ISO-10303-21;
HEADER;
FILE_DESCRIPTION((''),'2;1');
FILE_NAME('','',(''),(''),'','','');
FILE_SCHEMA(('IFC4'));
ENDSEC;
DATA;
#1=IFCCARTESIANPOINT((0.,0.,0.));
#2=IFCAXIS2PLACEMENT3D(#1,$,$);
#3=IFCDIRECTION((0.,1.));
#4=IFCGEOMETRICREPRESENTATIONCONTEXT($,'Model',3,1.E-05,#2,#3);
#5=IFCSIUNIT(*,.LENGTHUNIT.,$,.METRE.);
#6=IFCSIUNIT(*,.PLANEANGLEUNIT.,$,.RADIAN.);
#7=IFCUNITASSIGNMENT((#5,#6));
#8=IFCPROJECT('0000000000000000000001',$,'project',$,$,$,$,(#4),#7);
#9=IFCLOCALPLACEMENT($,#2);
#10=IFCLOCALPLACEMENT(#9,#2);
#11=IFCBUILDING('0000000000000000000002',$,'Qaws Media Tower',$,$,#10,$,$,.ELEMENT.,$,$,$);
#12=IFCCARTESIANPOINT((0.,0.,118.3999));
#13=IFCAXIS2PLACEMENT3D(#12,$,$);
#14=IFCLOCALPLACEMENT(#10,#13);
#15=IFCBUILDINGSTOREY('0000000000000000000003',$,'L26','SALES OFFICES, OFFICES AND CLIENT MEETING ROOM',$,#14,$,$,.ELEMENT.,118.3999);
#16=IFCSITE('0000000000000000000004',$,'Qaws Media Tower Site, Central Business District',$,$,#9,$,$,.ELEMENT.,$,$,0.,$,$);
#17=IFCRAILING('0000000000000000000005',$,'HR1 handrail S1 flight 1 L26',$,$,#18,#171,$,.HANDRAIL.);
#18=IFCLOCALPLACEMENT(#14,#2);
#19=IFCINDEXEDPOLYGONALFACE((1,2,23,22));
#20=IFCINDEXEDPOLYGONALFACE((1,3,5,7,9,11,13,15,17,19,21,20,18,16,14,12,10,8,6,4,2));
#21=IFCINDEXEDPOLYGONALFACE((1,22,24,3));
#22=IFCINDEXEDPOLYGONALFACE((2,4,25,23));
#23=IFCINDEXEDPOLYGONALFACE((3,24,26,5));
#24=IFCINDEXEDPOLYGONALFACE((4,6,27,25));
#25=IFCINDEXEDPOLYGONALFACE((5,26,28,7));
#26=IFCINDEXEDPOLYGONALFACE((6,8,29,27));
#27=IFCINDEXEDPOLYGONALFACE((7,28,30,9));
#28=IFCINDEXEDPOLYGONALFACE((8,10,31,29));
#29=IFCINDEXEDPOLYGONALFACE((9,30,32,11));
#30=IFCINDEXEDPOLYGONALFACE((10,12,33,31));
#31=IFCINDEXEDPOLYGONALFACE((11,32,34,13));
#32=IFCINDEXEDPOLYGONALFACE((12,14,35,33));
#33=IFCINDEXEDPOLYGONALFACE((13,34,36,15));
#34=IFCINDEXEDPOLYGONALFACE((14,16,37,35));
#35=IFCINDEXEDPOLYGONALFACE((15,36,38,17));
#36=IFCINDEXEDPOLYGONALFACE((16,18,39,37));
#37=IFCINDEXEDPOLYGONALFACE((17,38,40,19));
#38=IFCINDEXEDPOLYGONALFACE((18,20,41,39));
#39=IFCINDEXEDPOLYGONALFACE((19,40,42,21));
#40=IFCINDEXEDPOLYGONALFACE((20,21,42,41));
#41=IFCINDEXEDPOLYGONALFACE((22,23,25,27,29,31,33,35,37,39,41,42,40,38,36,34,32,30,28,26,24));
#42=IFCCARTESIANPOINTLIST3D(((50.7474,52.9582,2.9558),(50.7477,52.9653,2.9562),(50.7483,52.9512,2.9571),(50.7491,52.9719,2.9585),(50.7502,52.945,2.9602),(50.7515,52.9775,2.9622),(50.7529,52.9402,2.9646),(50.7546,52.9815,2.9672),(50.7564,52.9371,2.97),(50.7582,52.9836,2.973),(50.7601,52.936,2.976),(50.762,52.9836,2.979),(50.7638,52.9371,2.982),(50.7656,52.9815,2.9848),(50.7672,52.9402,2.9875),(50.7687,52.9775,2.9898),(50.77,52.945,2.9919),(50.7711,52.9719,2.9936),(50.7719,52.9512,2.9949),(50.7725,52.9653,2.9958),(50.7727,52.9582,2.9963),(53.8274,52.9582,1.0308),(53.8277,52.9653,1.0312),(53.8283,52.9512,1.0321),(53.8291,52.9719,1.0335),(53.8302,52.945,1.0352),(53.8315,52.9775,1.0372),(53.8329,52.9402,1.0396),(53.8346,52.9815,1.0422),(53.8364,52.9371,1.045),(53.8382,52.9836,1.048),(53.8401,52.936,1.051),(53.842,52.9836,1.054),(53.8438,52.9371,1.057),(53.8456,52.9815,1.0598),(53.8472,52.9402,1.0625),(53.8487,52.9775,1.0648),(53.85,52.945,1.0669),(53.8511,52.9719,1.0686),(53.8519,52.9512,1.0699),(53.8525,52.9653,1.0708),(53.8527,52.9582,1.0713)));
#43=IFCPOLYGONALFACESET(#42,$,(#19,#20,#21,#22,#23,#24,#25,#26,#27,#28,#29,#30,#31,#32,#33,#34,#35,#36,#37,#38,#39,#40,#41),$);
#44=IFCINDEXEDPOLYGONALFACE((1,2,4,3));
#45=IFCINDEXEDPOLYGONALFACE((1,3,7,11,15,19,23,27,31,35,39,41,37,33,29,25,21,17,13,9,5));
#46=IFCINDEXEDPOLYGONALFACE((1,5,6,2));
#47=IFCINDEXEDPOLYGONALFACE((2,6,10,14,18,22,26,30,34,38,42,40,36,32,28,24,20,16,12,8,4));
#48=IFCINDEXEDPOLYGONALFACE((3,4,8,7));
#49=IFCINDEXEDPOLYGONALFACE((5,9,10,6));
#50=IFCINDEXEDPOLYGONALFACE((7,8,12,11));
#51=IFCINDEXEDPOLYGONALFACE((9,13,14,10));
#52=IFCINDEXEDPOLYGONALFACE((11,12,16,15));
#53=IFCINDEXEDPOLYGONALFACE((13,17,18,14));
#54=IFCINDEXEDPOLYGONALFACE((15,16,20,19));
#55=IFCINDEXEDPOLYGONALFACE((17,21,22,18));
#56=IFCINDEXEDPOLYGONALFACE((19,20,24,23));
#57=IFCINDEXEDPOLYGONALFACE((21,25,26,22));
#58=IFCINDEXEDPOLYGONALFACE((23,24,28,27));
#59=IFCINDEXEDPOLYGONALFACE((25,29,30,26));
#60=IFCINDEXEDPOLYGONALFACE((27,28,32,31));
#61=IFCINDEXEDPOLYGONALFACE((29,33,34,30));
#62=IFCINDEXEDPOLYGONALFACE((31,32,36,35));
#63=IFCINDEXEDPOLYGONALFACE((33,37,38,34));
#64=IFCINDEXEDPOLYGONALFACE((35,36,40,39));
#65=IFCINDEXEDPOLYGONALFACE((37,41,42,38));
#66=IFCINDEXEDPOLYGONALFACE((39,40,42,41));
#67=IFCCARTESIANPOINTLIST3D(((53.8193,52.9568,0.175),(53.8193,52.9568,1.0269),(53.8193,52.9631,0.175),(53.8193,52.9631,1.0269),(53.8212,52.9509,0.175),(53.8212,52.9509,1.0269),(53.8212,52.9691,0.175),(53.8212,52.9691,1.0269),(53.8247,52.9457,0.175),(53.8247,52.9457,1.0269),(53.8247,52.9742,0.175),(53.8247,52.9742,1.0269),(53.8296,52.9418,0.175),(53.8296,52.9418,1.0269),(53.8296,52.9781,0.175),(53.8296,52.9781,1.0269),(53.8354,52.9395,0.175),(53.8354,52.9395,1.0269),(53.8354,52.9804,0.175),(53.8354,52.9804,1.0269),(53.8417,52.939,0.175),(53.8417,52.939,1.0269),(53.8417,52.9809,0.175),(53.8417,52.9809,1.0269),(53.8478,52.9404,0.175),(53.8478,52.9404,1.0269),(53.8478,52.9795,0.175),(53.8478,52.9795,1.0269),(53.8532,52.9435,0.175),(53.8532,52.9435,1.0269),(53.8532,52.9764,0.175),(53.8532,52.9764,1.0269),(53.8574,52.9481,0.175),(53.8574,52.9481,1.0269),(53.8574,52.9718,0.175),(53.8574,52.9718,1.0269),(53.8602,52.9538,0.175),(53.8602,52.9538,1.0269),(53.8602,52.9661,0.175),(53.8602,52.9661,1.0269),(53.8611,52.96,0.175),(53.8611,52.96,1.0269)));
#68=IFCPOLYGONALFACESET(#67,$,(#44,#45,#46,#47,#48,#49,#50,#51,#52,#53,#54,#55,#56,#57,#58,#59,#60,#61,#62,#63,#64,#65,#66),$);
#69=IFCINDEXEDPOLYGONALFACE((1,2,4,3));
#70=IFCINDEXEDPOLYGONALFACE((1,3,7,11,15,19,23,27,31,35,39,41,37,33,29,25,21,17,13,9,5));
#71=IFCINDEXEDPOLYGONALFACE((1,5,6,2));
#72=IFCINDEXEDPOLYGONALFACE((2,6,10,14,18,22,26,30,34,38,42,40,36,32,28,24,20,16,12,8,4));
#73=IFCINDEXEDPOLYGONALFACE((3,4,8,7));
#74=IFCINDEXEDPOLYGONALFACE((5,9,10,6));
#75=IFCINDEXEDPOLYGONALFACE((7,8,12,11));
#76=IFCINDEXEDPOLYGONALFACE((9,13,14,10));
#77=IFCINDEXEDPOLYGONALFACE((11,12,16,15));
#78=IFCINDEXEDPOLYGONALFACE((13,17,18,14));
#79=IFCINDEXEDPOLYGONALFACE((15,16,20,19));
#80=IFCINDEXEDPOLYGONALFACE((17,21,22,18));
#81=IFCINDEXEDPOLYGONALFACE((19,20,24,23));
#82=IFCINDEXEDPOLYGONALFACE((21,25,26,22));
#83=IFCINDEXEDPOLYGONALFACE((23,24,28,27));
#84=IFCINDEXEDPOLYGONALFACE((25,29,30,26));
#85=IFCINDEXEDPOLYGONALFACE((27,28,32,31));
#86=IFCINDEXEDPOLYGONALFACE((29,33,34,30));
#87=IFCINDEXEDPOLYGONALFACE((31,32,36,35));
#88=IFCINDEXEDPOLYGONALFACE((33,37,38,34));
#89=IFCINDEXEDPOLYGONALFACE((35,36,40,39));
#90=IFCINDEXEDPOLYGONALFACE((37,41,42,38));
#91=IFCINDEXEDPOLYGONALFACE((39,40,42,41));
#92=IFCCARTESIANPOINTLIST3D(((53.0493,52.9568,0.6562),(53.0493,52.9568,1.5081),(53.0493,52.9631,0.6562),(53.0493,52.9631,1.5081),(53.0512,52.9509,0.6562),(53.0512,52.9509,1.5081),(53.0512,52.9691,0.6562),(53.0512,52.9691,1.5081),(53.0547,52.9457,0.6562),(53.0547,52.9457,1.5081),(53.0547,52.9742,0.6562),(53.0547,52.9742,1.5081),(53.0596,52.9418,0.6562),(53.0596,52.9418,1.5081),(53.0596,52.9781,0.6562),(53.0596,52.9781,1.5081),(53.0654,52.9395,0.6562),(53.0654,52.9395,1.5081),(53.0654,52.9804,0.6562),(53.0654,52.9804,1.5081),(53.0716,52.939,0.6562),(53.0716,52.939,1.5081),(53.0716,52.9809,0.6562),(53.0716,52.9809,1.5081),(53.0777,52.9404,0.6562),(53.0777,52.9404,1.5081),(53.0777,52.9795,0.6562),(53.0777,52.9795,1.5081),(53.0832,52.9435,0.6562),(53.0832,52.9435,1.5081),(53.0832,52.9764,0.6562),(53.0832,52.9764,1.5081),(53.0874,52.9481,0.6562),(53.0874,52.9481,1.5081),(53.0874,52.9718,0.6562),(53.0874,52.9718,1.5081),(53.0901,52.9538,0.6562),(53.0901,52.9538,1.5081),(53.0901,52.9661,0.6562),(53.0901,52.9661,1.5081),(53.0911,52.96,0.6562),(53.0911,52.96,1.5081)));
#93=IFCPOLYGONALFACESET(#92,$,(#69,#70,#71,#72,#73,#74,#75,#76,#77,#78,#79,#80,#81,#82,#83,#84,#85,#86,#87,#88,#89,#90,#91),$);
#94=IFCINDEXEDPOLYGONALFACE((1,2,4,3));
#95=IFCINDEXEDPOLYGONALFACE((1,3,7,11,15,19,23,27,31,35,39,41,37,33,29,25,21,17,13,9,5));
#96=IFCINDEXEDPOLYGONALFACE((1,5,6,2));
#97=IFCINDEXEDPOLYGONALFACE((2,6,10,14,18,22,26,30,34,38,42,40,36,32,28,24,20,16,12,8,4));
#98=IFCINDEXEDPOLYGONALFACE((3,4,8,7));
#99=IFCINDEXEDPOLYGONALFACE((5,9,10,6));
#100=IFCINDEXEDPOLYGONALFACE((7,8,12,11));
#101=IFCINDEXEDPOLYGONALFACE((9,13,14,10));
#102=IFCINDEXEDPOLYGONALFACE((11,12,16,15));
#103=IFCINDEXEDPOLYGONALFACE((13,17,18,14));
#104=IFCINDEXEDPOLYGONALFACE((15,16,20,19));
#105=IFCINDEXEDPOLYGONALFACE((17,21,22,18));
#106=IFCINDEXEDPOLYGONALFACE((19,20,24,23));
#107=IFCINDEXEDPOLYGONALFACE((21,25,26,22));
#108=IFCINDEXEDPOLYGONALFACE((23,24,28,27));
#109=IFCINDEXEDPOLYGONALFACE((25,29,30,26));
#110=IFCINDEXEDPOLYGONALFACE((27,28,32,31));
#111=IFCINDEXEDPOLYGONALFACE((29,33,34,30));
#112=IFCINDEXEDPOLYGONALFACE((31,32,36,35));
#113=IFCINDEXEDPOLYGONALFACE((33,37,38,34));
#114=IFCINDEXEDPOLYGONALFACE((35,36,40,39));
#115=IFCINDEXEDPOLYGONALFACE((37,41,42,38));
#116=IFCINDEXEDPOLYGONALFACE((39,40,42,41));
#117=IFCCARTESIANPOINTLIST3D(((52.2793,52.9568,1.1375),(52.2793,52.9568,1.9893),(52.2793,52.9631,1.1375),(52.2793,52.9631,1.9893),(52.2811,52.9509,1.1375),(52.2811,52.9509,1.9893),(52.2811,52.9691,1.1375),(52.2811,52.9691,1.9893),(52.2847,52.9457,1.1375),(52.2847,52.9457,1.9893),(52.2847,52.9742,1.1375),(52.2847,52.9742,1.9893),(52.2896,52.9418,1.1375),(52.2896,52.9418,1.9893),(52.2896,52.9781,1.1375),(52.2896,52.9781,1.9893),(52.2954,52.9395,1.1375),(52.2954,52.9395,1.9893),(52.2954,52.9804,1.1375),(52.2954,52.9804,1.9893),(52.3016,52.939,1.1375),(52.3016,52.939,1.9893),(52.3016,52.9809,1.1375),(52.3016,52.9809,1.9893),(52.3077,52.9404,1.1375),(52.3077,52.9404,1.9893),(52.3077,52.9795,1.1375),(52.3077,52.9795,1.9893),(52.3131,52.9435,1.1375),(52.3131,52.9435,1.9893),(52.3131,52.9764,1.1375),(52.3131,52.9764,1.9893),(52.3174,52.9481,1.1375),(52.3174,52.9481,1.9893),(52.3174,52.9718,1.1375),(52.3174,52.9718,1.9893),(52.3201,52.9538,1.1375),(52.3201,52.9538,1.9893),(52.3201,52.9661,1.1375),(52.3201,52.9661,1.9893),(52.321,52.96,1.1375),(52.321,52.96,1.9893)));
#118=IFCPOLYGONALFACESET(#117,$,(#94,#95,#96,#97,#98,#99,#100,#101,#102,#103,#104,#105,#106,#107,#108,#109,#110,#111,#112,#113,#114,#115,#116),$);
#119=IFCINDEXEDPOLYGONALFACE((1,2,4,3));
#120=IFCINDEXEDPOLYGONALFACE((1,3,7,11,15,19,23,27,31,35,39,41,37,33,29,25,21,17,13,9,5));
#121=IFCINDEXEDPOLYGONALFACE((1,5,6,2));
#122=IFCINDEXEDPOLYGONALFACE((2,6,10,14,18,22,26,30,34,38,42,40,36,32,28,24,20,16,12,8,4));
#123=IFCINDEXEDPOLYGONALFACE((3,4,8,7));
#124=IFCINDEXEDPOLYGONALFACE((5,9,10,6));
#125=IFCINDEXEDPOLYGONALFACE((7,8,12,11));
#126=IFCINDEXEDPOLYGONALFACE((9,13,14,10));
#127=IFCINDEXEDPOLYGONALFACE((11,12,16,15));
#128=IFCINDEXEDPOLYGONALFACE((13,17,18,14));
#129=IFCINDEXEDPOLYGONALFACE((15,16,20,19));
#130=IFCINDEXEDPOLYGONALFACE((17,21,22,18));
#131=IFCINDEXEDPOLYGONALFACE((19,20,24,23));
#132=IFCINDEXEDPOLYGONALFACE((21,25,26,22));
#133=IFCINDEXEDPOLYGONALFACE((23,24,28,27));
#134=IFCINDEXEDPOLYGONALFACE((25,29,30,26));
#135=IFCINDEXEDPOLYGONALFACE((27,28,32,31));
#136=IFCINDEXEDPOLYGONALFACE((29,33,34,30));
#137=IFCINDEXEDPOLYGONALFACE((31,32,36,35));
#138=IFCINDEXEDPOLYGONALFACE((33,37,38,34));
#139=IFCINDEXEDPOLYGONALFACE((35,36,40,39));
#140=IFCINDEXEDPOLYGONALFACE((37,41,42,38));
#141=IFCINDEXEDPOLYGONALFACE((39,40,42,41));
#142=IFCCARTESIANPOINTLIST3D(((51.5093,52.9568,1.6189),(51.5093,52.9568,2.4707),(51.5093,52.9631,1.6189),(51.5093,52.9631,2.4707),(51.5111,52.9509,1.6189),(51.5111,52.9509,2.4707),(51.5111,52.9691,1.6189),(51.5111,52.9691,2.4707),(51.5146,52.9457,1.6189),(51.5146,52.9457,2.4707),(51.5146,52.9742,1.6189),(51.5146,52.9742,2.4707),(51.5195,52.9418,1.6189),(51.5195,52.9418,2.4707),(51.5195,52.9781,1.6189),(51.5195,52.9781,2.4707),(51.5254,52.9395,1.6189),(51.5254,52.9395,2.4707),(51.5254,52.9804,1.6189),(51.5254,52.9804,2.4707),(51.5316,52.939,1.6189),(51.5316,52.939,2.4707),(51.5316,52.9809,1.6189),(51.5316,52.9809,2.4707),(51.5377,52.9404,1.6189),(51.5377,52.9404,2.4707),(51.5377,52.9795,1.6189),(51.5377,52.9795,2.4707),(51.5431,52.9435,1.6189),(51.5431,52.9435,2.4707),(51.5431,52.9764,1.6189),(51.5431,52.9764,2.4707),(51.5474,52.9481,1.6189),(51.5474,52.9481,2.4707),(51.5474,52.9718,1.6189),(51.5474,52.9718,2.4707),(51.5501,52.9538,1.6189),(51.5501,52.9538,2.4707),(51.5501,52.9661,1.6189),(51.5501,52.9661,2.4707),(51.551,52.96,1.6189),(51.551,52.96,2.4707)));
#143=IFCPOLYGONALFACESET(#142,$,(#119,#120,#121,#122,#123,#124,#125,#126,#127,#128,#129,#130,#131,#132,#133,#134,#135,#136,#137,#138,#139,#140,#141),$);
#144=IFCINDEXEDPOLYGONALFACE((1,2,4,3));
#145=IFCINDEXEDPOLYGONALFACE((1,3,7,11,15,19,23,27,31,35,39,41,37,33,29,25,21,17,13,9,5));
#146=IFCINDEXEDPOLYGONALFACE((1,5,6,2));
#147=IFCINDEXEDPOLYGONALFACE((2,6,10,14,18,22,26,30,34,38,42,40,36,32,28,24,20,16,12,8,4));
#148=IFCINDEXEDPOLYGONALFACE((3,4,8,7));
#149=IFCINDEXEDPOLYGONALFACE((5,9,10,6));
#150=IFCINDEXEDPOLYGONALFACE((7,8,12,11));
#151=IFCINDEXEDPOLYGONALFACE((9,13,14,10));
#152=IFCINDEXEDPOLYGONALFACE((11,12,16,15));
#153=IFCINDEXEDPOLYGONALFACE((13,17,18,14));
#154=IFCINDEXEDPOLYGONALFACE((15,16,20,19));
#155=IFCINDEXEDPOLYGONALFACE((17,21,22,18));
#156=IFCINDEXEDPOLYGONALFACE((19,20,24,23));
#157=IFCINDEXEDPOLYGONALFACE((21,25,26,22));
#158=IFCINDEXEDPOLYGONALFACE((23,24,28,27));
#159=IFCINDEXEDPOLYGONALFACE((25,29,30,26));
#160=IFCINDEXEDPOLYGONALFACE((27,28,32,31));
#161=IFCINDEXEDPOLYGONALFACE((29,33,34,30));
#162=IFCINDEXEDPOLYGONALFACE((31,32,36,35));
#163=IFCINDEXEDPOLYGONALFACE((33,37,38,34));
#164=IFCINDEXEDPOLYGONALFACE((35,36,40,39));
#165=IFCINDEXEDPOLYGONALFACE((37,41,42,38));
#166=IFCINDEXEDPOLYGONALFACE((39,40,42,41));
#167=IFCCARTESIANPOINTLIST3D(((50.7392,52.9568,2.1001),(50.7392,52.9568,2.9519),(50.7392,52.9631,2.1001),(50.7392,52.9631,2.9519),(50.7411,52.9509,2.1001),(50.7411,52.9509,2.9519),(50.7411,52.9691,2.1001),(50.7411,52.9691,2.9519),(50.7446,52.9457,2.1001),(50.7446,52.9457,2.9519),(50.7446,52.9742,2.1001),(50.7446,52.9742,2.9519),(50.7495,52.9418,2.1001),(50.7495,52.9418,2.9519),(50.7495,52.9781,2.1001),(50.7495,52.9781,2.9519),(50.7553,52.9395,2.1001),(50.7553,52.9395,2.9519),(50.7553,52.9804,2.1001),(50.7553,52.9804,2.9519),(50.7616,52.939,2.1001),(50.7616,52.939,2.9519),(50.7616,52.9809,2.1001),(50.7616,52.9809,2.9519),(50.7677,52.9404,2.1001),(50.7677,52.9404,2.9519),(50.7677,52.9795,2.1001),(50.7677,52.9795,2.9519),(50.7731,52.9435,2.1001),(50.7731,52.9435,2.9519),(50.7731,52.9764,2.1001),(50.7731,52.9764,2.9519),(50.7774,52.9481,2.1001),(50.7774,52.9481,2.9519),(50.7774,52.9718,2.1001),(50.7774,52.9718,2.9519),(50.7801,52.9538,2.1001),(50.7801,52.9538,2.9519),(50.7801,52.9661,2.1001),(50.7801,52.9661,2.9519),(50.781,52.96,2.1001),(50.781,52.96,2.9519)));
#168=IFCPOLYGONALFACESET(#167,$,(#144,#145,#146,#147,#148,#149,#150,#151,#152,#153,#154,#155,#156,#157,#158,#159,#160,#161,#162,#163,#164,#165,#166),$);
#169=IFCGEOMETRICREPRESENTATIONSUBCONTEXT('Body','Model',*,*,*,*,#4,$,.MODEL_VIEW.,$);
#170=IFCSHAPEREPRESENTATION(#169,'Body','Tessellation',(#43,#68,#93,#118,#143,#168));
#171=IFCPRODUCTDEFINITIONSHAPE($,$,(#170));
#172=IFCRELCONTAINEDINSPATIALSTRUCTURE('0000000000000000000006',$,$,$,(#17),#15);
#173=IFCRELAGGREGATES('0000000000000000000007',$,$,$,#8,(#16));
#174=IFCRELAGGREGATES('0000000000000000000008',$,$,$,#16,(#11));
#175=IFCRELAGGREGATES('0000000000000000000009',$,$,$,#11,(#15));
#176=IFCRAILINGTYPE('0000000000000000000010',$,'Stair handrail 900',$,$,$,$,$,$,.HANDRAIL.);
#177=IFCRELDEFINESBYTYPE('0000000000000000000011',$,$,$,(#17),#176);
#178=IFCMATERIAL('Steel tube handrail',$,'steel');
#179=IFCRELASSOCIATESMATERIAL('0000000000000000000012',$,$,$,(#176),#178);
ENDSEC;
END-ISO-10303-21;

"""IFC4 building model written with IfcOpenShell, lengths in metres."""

from ifc_helpers import new_model, si_unit, direction, frame, origin, origin_2d, place, context, subcontext, project, spatial, circle, extrude, material, type_object, element, save


model = new_model("IFC4")

# Units and contexts
model_context = context("Model", 3, precision=1e-05, world=origin(), true_north=direction((0.0, 1.0)))
body_context = subcontext(model_context, "Body", "Model", "MODEL_VIEW")
ifc_project = project(units=[si_unit("LENGTHUNIT", "METRE"), si_unit("PLANEANGLEUNIT", "RADIAN")], contexts=[model_context])

# Site, building, storey
site_placement = place(None, origin())
site = spatial("IfcSite", under=ifc_project, at=site_placement, Name="Qaws Media Tower Site, Central Business District", CompositionType="ELEMENT", RefElevation=0.0)
building_placement = place(site_placement, origin())
building = spatial("IfcBuilding", under=site, at=building_placement, Name="Qaws Media Tower", CompositionType="ELEMENT")
storey_placement = place(building_placement, frame((0.0, 0.0, 118.3999)))
storey = spatial("IfcBuildingStorey", under=building, at=storey_placement, Name="L26", Description="SALES OFFICES, OFFICES AND CLIENT MEETING ROOM", CompositionType="ELEMENT", Elevation=118.3999)

# Railing
ifc_material_1 = material(Name="Steel tube handrail", Category="steel")
railing_type = type_object("IfcRailingType", Name="Stair handrail 900", PredefinedType="HANDRAIL", material=ifc_material_1)
for number, where, name in (
    (1, (53.8401, 52.96, 0.175), "HR1 handrail S1 flight 1 L26"),
):
    element("IfcRailing", number, at=place(storey_placement, frame(where)), inside=storey, type_object=railing_type, Name=name, PredefinedType="HANDRAIL", context=body_context, shape_type="SweptSolid", body=[
        extrude(circle(Radius=0.0239, at=origin_2d()), frame((0.0, 0.0, 0.876), z_axis=(-0.847998, 0.0, 0.529999), x_axis=(0.0, -1.0, 0.0)), (0.0, 0.0, 1.0), 3.6321),
        extrude(circle(Radius=0.021, at=origin_2d()), origin(), (0.0, 0.0, 1.0), 0.8518),
        extrude(circle(Radius=0.021, at=origin_2d()), frame((-0.77, 0.0, 0.4812)), (0.0, 0.0, 1.0), 0.8518),
        extrude(circle(Radius=0.021, at=origin_2d()), frame((-1.54, 0.0, 0.9624)), (0.0, 0.0, 1.0), 0.8518),
        extrude(circle(Radius=0.021, at=origin_2d()), frame((-2.3101, 0.0, 1.4438)), (0.0, 0.0, 1.0), 0.8518),
        extrude(circle(Radius=0.021, at=origin_2d()), frame((-3.0801, 0.0, 1.925)), (0.0, 0.0, 1.0), 0.8518),
    ])

save(model, "model.ifc")
